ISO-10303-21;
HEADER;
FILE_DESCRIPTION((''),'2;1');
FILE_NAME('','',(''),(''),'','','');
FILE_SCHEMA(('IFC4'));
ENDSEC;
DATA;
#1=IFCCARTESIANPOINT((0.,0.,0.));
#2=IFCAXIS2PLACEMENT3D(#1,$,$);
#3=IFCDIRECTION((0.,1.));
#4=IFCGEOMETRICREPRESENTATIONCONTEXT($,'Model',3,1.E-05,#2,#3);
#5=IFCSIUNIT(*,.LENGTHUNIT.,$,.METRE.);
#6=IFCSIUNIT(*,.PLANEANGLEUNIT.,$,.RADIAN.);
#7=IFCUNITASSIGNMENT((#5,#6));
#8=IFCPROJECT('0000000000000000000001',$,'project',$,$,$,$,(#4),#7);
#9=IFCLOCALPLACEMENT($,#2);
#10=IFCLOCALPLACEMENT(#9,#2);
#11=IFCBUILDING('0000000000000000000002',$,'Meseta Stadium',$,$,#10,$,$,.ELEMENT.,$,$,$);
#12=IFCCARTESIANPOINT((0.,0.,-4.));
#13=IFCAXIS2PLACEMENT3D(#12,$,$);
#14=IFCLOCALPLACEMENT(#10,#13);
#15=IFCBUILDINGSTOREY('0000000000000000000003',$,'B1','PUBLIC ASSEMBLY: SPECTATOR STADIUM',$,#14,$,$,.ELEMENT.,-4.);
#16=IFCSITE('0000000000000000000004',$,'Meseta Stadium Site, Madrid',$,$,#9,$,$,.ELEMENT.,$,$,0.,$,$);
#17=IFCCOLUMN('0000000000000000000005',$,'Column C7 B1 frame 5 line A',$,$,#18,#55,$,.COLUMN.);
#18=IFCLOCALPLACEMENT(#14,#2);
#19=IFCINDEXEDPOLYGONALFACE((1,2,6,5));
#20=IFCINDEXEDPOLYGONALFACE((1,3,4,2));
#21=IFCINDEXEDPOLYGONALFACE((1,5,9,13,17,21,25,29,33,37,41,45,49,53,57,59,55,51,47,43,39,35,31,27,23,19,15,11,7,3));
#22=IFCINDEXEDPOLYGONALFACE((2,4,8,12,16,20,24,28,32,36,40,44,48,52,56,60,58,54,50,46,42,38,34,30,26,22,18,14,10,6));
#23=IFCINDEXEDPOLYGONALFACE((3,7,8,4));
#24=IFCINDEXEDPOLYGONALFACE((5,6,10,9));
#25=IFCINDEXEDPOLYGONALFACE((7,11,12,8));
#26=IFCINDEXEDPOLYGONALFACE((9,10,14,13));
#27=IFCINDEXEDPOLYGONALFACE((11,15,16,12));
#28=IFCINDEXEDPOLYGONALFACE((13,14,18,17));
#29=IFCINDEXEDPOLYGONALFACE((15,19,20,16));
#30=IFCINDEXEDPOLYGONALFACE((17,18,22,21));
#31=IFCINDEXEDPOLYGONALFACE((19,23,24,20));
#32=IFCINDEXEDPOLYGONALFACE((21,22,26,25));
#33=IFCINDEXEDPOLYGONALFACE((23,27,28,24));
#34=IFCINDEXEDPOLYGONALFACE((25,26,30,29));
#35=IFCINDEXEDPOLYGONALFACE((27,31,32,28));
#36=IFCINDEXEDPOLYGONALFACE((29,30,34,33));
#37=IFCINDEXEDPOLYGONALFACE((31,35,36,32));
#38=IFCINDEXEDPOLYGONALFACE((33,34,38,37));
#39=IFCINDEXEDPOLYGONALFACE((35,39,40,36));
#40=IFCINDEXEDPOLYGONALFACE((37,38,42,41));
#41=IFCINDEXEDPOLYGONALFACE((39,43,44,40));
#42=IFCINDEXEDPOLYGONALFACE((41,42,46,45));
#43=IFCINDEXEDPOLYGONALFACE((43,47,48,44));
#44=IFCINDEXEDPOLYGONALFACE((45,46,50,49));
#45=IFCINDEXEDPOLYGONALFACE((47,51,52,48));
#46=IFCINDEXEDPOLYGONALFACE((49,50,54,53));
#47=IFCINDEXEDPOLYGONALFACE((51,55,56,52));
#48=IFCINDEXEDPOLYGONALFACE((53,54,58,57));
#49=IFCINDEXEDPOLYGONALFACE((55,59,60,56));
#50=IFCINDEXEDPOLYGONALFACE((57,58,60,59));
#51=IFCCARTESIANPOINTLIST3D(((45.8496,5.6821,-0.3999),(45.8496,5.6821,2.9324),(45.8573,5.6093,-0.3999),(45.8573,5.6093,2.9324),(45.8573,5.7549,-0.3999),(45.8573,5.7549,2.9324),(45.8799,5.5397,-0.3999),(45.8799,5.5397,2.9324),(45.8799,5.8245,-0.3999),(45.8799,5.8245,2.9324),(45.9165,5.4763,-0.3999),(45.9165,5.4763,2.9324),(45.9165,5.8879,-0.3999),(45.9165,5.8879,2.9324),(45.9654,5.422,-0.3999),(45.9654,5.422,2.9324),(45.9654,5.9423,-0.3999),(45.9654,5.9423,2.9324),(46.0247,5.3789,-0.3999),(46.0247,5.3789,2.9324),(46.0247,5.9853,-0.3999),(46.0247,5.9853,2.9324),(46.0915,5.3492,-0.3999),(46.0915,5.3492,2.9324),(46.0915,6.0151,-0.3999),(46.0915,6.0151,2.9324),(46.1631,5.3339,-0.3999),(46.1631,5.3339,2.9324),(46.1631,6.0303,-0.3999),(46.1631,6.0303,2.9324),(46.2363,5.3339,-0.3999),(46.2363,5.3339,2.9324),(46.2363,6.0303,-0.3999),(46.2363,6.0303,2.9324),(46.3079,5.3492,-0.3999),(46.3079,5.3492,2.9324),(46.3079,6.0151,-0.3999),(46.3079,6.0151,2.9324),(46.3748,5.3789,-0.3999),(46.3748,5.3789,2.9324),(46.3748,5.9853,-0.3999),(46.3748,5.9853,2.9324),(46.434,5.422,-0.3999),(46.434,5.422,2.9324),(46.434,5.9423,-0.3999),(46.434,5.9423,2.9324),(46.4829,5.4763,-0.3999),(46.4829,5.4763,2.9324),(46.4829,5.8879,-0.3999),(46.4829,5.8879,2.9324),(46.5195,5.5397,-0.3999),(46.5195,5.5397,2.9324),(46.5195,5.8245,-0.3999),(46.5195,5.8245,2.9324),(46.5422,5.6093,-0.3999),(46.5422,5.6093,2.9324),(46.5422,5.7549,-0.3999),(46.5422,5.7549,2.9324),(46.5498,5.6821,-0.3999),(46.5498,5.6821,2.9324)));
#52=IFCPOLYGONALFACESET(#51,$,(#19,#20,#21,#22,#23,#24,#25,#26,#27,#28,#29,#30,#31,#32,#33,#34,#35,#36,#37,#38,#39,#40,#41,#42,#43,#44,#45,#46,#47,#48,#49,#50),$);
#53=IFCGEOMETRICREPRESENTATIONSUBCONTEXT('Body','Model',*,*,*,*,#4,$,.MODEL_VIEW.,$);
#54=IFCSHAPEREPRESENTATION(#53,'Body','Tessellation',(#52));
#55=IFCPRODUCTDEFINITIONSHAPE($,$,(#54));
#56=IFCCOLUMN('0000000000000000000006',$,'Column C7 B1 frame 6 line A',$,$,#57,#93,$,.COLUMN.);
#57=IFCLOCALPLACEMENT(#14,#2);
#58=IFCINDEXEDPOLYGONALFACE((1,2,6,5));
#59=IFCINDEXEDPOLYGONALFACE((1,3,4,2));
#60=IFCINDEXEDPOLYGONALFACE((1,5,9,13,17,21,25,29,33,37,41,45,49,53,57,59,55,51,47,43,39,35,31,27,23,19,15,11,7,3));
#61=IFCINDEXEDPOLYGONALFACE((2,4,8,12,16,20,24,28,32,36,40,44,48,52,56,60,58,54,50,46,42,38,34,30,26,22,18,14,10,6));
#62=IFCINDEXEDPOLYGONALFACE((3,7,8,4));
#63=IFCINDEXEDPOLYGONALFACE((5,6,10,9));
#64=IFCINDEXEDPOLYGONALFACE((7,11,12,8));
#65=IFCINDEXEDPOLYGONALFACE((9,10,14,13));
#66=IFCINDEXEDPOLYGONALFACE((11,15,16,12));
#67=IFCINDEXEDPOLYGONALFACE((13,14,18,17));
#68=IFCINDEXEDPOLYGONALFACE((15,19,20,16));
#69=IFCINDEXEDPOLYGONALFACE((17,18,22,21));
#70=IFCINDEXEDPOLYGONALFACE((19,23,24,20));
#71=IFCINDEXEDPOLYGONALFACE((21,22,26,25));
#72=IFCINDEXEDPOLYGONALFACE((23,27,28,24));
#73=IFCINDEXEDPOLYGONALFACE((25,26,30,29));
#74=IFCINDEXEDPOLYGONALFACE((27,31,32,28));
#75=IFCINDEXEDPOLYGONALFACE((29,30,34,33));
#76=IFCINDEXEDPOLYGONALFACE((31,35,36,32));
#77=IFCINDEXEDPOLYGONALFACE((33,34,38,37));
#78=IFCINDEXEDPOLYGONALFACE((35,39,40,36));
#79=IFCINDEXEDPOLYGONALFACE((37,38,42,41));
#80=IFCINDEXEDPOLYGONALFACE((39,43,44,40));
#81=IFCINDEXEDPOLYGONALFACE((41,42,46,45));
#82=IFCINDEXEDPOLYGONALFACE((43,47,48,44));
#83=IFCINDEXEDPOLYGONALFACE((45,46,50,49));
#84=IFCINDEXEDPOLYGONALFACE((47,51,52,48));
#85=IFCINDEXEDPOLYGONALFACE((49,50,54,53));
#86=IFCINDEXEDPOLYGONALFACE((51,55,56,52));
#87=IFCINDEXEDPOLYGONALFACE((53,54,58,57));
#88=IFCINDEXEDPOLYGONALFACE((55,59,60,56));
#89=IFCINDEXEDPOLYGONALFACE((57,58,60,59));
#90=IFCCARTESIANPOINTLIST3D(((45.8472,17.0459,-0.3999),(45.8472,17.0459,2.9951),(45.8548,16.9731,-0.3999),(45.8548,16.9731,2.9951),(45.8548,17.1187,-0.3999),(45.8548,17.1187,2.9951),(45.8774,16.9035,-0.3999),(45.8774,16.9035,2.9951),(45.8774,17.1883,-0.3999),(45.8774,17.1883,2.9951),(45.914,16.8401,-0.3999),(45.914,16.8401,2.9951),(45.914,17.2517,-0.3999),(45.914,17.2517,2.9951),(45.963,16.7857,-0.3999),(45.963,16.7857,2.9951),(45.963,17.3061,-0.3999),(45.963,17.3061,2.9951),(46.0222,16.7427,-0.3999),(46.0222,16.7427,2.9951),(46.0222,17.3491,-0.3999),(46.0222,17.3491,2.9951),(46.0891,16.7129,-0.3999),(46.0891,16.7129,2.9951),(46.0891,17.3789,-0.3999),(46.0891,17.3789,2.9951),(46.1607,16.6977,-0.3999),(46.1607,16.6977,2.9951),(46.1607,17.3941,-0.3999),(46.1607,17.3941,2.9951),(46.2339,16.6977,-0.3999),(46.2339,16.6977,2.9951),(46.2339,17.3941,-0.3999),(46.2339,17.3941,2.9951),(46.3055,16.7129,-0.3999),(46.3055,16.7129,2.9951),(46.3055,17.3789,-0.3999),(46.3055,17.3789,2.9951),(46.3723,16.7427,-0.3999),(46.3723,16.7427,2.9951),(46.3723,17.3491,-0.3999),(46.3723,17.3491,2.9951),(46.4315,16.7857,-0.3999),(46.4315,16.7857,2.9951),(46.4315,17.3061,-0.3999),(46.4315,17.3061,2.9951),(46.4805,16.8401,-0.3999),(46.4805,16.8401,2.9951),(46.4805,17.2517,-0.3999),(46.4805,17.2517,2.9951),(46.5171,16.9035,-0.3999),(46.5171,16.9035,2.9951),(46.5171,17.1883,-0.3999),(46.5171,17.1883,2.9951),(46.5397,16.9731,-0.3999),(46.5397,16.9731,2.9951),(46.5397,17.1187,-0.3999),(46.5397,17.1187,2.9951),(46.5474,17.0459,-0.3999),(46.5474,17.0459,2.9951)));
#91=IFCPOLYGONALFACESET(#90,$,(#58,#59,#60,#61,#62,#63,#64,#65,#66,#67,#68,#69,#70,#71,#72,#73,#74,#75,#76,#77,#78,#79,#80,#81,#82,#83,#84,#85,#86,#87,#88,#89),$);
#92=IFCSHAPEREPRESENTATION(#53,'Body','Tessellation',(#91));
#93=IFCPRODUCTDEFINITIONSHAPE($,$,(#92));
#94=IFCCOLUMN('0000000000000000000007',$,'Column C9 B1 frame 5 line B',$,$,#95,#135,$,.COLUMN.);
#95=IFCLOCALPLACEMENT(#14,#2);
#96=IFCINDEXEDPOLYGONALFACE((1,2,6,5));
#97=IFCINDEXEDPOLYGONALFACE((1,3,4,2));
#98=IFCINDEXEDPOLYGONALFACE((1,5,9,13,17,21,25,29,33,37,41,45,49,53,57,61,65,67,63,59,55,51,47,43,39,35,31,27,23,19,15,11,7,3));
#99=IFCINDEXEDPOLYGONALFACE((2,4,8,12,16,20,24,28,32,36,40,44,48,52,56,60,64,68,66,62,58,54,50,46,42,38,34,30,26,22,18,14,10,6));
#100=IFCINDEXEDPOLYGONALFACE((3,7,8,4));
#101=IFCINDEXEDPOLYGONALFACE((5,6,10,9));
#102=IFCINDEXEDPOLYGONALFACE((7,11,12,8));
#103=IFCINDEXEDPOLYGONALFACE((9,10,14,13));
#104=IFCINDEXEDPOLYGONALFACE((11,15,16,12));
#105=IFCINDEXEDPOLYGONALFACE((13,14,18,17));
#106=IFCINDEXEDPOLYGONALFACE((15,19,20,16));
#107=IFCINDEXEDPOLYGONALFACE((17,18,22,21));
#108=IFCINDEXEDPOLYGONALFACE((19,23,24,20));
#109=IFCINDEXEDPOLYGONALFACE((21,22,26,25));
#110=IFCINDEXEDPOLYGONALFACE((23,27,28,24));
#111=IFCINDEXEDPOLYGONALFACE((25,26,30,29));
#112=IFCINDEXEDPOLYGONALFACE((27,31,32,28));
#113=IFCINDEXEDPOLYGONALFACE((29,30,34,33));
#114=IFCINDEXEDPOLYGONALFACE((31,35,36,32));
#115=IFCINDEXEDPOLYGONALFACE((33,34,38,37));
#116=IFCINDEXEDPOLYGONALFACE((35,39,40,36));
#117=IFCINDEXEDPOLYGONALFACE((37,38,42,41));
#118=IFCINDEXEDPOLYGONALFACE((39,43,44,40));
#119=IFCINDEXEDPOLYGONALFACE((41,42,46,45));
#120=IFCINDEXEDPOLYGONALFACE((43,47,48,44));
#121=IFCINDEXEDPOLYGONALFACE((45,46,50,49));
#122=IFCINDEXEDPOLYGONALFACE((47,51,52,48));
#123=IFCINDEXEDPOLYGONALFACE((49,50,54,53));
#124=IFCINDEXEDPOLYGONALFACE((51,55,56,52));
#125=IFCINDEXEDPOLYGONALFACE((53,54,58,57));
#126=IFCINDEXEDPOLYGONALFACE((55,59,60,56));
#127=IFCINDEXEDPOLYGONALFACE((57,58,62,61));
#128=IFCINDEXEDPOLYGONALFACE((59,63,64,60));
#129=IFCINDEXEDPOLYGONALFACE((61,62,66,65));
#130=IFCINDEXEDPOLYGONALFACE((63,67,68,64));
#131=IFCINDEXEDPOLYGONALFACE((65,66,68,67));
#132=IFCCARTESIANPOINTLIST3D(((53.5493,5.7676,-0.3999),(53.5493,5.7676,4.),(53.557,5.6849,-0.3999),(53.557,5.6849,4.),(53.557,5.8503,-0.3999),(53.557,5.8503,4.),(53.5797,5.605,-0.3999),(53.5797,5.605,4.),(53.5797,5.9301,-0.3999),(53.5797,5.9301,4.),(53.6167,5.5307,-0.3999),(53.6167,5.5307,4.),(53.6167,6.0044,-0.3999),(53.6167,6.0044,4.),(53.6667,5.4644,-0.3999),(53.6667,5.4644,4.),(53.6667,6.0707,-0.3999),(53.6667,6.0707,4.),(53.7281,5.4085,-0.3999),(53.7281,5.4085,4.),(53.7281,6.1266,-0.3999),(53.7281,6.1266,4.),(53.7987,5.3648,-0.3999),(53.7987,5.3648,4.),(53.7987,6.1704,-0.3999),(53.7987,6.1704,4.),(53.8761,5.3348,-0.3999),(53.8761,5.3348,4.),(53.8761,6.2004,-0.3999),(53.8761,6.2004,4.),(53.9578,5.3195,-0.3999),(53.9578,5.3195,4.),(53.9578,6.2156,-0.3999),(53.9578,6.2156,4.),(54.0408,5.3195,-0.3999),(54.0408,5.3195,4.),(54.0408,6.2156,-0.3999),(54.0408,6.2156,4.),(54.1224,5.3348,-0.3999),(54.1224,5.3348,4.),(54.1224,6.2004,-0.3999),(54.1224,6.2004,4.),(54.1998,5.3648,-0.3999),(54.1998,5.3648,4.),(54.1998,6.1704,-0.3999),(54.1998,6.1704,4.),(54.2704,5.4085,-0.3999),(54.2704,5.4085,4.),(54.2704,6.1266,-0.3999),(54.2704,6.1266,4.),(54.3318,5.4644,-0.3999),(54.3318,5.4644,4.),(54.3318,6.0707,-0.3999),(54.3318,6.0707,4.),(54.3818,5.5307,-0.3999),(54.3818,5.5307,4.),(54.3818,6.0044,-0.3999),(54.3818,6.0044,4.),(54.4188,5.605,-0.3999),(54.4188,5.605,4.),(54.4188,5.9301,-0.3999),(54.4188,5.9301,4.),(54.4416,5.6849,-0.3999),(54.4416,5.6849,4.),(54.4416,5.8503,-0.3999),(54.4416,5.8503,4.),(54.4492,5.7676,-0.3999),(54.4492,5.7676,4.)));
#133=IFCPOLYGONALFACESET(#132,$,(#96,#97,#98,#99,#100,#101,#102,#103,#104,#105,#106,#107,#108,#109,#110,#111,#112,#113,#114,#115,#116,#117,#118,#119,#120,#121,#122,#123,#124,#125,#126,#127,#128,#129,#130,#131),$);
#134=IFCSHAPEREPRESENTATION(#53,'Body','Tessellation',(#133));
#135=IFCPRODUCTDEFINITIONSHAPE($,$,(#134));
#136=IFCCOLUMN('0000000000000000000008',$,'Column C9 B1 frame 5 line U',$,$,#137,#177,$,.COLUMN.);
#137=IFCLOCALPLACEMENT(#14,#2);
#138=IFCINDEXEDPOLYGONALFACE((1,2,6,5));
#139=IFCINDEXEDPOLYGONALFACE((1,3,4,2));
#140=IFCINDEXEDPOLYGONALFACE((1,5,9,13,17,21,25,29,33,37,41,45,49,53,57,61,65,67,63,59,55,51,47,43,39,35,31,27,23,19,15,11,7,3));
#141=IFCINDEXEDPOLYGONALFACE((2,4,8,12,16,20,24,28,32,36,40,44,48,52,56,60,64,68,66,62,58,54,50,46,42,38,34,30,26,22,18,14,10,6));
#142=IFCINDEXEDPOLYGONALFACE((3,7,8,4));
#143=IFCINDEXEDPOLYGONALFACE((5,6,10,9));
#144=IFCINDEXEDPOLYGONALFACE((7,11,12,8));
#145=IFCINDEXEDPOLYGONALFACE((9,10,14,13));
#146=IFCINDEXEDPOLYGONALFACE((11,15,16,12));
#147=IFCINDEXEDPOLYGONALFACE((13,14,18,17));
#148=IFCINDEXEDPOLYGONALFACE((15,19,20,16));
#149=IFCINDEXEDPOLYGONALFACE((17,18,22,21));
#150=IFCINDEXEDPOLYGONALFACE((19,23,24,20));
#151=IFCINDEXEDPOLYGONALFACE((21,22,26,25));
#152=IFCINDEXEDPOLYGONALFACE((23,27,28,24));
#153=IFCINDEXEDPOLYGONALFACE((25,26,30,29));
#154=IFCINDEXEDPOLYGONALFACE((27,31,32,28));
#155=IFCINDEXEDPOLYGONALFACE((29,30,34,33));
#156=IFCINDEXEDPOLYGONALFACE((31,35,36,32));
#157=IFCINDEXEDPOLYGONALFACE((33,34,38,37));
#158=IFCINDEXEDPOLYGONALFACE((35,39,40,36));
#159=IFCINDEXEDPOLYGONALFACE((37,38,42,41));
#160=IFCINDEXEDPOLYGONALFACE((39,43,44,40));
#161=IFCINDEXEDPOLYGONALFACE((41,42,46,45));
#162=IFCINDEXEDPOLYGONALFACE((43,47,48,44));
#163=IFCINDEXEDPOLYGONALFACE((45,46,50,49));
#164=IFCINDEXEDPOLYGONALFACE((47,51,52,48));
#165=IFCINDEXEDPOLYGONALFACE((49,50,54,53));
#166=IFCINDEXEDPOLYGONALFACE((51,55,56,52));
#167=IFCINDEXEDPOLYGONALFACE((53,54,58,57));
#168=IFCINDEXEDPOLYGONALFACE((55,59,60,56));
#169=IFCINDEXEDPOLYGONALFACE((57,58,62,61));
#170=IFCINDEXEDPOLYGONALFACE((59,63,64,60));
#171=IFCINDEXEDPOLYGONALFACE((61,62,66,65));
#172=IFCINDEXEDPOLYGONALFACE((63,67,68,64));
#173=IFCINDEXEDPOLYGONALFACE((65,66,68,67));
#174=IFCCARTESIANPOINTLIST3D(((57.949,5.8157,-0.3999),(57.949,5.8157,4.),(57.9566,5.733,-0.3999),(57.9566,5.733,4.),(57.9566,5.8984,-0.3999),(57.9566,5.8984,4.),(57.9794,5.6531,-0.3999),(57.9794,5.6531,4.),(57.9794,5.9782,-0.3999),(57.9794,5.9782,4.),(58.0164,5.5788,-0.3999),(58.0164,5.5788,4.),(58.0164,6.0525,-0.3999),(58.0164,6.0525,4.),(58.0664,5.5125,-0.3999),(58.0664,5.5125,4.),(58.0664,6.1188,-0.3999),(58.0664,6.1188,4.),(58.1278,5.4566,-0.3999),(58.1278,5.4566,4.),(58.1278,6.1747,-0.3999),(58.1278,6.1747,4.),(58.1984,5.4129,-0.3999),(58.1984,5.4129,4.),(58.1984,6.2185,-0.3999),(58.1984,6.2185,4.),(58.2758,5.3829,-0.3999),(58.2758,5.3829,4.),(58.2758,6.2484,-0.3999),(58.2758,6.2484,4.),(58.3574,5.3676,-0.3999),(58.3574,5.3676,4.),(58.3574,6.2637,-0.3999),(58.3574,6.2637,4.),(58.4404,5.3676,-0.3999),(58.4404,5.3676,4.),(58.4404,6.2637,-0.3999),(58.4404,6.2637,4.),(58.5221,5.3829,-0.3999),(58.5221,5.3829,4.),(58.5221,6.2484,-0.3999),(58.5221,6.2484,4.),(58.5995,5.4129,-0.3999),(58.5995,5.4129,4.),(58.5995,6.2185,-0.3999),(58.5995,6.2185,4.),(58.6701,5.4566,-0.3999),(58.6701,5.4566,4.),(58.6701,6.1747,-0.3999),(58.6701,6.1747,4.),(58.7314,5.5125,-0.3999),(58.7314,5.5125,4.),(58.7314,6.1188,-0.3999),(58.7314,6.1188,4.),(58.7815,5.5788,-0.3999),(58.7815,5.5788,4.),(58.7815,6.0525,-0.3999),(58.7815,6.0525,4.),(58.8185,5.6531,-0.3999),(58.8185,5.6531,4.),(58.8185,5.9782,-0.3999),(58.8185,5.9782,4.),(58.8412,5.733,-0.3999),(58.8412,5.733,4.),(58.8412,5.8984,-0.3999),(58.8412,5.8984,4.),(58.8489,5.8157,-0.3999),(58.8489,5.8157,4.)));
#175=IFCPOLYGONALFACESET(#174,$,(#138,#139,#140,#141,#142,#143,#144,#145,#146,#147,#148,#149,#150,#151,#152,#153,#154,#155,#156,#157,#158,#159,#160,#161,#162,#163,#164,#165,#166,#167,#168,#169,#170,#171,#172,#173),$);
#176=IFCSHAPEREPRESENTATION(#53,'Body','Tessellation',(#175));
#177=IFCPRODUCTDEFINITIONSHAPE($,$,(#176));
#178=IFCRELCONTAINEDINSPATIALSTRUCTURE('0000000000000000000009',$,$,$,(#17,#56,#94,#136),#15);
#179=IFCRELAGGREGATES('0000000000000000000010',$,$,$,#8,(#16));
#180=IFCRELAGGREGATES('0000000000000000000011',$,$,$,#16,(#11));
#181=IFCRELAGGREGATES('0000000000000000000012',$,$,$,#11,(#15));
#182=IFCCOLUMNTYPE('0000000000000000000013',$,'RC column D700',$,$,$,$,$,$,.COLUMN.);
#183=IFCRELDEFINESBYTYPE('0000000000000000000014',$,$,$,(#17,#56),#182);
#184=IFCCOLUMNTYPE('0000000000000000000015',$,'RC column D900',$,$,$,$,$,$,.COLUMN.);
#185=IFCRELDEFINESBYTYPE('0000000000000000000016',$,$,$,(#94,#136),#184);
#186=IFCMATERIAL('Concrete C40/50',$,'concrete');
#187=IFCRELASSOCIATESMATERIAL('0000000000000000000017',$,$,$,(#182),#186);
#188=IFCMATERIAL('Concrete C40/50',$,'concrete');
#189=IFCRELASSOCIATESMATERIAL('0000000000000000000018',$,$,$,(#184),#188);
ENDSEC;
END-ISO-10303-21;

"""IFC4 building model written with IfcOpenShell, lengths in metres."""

from ifc_helpers import new_model, si_unit, direction, frame, origin, origin_2d, place, context, subcontext, project, spatial, circle, extrude, material, material_profile, profile_set, type_object, element, save


model = new_model("IFC4")

# Units and contexts
model_context = context("Model", 3, precision=1e-05, world=origin(), true_north=direction((0.0, 1.0)))
body_context = subcontext(model_context, "Body", "Model", "MODEL_VIEW")
ifc_project = project(units=[si_unit("LENGTHUNIT", "METRE"), si_unit("PLANEANGLEUNIT", "RADIAN")], contexts=[model_context])

# Site, building, storey
site_placement = place(None, origin())
site = spatial("IfcSite", under=ifc_project, at=site_placement, Name="Meseta Stadium Site, Madrid", CompositionType="ELEMENT", RefElevation=0.0)
building_placement = place(site_placement, origin())
building = spatial("IfcBuilding", under=site, at=building_placement, Name="Meseta Stadium", CompositionType="ELEMENT")
storey_placement = place(building_placement, frame((0.0, 0.0, -4.0)))
storey = spatial("IfcBuildingStorey", under=building, at=storey_placement, Name="B1", Description="PUBLIC ASSEMBLY: SPECTATOR STADIUM", CompositionType="ELEMENT", Elevation=-4.0)

# Columns
ifc_material_1 = material(Name="Concrete C40/50", Category="concrete")
ifc_material_profile_1 = material_profile(ifc_material_1, circle(Radius=0.3501, at=origin_2d()), Name="RC D700")
ifc_profile_set_1 = profile_set([ifc_material_profile_1], Name="Concrete C40/50")
column_type_1 = type_object("IfcColumnType", Name="RC column D700", PredefinedType="COLUMN", material=ifc_profile_set_1)
column_1_placement = place(storey_placement, frame((46.1997, 5.6821, -0.3999), z_axis=(0.0, 0.0, 1.0), x_axis=(1.0, 0.0, 0.0)))
element("IfcColumn", 1, at=column_1_placement, inside=storey, type_object=column_type_1, Name="Column C7 B1 frame 5 line A", PredefinedType="COLUMN", context=body_context, shape_type="SweptSolid", body=[
    extrude(circle(Radius=0.3501, at=origin_2d()), origin(), (0.0, 0.0, 1.0), 3.3323),
])
column_2_placement = place(storey_placement, frame((46.1973, 17.0459, -0.3999), z_axis=(0.0, 0.0, 1.0), x_axis=(1.0, 0.0, 0.0)))
element("IfcColumn", 2, at=column_2_placement, inside=storey, type_object=column_type_1, Name="Column C7 B1 frame 6 line A", PredefinedType="COLUMN", context=body_context, shape_type="SweptSolid", body=[
    extrude(circle(Radius=0.3501, at=origin_2d()), origin(), (0.0, 0.0, 1.0), 3.395),
])
ifc_material_2 = material(Name="Concrete C40/50", Category="concrete")
ifc_material_profile_2 = material_profile(ifc_material_2, circle(Radius=0.45, at=origin_2d()), Name="RC D900")
ifc_profile_set_2 = profile_set([ifc_material_profile_2], Name="Concrete C40/50")
column_type_2 = type_object("IfcColumnType", Name="RC column D900", PredefinedType="COLUMN", material=ifc_profile_set_2)
for number, where, z_axis, x_axis, name in (
    (3, (53.9993, 5.7676, -0.3999), (0.0, 0.0, 1.0), (1.0, 0.0, 0.0), "Column C9 B1 frame 5 line B"),
    (4, (58.3989, 5.8157, -0.3999), (0.0, 0.0, 1.0), (1.0, 0.0, 0.0), "Column C9 B1 frame 5 line U"),
):
    element("IfcColumn", number, at=place(storey_placement, frame(where, z_axis=z_axis, x_axis=x_axis)), inside=storey, type_object=column_type_2, Name=name, PredefinedType="COLUMN", context=body_context, shape_type="SweptSolid", body=[
        extrude(circle(Radius=0.45, at=origin_2d()), origin(), (0.0, 0.0, 1.0), 4.3999),
    ])

save(model, "model.ifc")
